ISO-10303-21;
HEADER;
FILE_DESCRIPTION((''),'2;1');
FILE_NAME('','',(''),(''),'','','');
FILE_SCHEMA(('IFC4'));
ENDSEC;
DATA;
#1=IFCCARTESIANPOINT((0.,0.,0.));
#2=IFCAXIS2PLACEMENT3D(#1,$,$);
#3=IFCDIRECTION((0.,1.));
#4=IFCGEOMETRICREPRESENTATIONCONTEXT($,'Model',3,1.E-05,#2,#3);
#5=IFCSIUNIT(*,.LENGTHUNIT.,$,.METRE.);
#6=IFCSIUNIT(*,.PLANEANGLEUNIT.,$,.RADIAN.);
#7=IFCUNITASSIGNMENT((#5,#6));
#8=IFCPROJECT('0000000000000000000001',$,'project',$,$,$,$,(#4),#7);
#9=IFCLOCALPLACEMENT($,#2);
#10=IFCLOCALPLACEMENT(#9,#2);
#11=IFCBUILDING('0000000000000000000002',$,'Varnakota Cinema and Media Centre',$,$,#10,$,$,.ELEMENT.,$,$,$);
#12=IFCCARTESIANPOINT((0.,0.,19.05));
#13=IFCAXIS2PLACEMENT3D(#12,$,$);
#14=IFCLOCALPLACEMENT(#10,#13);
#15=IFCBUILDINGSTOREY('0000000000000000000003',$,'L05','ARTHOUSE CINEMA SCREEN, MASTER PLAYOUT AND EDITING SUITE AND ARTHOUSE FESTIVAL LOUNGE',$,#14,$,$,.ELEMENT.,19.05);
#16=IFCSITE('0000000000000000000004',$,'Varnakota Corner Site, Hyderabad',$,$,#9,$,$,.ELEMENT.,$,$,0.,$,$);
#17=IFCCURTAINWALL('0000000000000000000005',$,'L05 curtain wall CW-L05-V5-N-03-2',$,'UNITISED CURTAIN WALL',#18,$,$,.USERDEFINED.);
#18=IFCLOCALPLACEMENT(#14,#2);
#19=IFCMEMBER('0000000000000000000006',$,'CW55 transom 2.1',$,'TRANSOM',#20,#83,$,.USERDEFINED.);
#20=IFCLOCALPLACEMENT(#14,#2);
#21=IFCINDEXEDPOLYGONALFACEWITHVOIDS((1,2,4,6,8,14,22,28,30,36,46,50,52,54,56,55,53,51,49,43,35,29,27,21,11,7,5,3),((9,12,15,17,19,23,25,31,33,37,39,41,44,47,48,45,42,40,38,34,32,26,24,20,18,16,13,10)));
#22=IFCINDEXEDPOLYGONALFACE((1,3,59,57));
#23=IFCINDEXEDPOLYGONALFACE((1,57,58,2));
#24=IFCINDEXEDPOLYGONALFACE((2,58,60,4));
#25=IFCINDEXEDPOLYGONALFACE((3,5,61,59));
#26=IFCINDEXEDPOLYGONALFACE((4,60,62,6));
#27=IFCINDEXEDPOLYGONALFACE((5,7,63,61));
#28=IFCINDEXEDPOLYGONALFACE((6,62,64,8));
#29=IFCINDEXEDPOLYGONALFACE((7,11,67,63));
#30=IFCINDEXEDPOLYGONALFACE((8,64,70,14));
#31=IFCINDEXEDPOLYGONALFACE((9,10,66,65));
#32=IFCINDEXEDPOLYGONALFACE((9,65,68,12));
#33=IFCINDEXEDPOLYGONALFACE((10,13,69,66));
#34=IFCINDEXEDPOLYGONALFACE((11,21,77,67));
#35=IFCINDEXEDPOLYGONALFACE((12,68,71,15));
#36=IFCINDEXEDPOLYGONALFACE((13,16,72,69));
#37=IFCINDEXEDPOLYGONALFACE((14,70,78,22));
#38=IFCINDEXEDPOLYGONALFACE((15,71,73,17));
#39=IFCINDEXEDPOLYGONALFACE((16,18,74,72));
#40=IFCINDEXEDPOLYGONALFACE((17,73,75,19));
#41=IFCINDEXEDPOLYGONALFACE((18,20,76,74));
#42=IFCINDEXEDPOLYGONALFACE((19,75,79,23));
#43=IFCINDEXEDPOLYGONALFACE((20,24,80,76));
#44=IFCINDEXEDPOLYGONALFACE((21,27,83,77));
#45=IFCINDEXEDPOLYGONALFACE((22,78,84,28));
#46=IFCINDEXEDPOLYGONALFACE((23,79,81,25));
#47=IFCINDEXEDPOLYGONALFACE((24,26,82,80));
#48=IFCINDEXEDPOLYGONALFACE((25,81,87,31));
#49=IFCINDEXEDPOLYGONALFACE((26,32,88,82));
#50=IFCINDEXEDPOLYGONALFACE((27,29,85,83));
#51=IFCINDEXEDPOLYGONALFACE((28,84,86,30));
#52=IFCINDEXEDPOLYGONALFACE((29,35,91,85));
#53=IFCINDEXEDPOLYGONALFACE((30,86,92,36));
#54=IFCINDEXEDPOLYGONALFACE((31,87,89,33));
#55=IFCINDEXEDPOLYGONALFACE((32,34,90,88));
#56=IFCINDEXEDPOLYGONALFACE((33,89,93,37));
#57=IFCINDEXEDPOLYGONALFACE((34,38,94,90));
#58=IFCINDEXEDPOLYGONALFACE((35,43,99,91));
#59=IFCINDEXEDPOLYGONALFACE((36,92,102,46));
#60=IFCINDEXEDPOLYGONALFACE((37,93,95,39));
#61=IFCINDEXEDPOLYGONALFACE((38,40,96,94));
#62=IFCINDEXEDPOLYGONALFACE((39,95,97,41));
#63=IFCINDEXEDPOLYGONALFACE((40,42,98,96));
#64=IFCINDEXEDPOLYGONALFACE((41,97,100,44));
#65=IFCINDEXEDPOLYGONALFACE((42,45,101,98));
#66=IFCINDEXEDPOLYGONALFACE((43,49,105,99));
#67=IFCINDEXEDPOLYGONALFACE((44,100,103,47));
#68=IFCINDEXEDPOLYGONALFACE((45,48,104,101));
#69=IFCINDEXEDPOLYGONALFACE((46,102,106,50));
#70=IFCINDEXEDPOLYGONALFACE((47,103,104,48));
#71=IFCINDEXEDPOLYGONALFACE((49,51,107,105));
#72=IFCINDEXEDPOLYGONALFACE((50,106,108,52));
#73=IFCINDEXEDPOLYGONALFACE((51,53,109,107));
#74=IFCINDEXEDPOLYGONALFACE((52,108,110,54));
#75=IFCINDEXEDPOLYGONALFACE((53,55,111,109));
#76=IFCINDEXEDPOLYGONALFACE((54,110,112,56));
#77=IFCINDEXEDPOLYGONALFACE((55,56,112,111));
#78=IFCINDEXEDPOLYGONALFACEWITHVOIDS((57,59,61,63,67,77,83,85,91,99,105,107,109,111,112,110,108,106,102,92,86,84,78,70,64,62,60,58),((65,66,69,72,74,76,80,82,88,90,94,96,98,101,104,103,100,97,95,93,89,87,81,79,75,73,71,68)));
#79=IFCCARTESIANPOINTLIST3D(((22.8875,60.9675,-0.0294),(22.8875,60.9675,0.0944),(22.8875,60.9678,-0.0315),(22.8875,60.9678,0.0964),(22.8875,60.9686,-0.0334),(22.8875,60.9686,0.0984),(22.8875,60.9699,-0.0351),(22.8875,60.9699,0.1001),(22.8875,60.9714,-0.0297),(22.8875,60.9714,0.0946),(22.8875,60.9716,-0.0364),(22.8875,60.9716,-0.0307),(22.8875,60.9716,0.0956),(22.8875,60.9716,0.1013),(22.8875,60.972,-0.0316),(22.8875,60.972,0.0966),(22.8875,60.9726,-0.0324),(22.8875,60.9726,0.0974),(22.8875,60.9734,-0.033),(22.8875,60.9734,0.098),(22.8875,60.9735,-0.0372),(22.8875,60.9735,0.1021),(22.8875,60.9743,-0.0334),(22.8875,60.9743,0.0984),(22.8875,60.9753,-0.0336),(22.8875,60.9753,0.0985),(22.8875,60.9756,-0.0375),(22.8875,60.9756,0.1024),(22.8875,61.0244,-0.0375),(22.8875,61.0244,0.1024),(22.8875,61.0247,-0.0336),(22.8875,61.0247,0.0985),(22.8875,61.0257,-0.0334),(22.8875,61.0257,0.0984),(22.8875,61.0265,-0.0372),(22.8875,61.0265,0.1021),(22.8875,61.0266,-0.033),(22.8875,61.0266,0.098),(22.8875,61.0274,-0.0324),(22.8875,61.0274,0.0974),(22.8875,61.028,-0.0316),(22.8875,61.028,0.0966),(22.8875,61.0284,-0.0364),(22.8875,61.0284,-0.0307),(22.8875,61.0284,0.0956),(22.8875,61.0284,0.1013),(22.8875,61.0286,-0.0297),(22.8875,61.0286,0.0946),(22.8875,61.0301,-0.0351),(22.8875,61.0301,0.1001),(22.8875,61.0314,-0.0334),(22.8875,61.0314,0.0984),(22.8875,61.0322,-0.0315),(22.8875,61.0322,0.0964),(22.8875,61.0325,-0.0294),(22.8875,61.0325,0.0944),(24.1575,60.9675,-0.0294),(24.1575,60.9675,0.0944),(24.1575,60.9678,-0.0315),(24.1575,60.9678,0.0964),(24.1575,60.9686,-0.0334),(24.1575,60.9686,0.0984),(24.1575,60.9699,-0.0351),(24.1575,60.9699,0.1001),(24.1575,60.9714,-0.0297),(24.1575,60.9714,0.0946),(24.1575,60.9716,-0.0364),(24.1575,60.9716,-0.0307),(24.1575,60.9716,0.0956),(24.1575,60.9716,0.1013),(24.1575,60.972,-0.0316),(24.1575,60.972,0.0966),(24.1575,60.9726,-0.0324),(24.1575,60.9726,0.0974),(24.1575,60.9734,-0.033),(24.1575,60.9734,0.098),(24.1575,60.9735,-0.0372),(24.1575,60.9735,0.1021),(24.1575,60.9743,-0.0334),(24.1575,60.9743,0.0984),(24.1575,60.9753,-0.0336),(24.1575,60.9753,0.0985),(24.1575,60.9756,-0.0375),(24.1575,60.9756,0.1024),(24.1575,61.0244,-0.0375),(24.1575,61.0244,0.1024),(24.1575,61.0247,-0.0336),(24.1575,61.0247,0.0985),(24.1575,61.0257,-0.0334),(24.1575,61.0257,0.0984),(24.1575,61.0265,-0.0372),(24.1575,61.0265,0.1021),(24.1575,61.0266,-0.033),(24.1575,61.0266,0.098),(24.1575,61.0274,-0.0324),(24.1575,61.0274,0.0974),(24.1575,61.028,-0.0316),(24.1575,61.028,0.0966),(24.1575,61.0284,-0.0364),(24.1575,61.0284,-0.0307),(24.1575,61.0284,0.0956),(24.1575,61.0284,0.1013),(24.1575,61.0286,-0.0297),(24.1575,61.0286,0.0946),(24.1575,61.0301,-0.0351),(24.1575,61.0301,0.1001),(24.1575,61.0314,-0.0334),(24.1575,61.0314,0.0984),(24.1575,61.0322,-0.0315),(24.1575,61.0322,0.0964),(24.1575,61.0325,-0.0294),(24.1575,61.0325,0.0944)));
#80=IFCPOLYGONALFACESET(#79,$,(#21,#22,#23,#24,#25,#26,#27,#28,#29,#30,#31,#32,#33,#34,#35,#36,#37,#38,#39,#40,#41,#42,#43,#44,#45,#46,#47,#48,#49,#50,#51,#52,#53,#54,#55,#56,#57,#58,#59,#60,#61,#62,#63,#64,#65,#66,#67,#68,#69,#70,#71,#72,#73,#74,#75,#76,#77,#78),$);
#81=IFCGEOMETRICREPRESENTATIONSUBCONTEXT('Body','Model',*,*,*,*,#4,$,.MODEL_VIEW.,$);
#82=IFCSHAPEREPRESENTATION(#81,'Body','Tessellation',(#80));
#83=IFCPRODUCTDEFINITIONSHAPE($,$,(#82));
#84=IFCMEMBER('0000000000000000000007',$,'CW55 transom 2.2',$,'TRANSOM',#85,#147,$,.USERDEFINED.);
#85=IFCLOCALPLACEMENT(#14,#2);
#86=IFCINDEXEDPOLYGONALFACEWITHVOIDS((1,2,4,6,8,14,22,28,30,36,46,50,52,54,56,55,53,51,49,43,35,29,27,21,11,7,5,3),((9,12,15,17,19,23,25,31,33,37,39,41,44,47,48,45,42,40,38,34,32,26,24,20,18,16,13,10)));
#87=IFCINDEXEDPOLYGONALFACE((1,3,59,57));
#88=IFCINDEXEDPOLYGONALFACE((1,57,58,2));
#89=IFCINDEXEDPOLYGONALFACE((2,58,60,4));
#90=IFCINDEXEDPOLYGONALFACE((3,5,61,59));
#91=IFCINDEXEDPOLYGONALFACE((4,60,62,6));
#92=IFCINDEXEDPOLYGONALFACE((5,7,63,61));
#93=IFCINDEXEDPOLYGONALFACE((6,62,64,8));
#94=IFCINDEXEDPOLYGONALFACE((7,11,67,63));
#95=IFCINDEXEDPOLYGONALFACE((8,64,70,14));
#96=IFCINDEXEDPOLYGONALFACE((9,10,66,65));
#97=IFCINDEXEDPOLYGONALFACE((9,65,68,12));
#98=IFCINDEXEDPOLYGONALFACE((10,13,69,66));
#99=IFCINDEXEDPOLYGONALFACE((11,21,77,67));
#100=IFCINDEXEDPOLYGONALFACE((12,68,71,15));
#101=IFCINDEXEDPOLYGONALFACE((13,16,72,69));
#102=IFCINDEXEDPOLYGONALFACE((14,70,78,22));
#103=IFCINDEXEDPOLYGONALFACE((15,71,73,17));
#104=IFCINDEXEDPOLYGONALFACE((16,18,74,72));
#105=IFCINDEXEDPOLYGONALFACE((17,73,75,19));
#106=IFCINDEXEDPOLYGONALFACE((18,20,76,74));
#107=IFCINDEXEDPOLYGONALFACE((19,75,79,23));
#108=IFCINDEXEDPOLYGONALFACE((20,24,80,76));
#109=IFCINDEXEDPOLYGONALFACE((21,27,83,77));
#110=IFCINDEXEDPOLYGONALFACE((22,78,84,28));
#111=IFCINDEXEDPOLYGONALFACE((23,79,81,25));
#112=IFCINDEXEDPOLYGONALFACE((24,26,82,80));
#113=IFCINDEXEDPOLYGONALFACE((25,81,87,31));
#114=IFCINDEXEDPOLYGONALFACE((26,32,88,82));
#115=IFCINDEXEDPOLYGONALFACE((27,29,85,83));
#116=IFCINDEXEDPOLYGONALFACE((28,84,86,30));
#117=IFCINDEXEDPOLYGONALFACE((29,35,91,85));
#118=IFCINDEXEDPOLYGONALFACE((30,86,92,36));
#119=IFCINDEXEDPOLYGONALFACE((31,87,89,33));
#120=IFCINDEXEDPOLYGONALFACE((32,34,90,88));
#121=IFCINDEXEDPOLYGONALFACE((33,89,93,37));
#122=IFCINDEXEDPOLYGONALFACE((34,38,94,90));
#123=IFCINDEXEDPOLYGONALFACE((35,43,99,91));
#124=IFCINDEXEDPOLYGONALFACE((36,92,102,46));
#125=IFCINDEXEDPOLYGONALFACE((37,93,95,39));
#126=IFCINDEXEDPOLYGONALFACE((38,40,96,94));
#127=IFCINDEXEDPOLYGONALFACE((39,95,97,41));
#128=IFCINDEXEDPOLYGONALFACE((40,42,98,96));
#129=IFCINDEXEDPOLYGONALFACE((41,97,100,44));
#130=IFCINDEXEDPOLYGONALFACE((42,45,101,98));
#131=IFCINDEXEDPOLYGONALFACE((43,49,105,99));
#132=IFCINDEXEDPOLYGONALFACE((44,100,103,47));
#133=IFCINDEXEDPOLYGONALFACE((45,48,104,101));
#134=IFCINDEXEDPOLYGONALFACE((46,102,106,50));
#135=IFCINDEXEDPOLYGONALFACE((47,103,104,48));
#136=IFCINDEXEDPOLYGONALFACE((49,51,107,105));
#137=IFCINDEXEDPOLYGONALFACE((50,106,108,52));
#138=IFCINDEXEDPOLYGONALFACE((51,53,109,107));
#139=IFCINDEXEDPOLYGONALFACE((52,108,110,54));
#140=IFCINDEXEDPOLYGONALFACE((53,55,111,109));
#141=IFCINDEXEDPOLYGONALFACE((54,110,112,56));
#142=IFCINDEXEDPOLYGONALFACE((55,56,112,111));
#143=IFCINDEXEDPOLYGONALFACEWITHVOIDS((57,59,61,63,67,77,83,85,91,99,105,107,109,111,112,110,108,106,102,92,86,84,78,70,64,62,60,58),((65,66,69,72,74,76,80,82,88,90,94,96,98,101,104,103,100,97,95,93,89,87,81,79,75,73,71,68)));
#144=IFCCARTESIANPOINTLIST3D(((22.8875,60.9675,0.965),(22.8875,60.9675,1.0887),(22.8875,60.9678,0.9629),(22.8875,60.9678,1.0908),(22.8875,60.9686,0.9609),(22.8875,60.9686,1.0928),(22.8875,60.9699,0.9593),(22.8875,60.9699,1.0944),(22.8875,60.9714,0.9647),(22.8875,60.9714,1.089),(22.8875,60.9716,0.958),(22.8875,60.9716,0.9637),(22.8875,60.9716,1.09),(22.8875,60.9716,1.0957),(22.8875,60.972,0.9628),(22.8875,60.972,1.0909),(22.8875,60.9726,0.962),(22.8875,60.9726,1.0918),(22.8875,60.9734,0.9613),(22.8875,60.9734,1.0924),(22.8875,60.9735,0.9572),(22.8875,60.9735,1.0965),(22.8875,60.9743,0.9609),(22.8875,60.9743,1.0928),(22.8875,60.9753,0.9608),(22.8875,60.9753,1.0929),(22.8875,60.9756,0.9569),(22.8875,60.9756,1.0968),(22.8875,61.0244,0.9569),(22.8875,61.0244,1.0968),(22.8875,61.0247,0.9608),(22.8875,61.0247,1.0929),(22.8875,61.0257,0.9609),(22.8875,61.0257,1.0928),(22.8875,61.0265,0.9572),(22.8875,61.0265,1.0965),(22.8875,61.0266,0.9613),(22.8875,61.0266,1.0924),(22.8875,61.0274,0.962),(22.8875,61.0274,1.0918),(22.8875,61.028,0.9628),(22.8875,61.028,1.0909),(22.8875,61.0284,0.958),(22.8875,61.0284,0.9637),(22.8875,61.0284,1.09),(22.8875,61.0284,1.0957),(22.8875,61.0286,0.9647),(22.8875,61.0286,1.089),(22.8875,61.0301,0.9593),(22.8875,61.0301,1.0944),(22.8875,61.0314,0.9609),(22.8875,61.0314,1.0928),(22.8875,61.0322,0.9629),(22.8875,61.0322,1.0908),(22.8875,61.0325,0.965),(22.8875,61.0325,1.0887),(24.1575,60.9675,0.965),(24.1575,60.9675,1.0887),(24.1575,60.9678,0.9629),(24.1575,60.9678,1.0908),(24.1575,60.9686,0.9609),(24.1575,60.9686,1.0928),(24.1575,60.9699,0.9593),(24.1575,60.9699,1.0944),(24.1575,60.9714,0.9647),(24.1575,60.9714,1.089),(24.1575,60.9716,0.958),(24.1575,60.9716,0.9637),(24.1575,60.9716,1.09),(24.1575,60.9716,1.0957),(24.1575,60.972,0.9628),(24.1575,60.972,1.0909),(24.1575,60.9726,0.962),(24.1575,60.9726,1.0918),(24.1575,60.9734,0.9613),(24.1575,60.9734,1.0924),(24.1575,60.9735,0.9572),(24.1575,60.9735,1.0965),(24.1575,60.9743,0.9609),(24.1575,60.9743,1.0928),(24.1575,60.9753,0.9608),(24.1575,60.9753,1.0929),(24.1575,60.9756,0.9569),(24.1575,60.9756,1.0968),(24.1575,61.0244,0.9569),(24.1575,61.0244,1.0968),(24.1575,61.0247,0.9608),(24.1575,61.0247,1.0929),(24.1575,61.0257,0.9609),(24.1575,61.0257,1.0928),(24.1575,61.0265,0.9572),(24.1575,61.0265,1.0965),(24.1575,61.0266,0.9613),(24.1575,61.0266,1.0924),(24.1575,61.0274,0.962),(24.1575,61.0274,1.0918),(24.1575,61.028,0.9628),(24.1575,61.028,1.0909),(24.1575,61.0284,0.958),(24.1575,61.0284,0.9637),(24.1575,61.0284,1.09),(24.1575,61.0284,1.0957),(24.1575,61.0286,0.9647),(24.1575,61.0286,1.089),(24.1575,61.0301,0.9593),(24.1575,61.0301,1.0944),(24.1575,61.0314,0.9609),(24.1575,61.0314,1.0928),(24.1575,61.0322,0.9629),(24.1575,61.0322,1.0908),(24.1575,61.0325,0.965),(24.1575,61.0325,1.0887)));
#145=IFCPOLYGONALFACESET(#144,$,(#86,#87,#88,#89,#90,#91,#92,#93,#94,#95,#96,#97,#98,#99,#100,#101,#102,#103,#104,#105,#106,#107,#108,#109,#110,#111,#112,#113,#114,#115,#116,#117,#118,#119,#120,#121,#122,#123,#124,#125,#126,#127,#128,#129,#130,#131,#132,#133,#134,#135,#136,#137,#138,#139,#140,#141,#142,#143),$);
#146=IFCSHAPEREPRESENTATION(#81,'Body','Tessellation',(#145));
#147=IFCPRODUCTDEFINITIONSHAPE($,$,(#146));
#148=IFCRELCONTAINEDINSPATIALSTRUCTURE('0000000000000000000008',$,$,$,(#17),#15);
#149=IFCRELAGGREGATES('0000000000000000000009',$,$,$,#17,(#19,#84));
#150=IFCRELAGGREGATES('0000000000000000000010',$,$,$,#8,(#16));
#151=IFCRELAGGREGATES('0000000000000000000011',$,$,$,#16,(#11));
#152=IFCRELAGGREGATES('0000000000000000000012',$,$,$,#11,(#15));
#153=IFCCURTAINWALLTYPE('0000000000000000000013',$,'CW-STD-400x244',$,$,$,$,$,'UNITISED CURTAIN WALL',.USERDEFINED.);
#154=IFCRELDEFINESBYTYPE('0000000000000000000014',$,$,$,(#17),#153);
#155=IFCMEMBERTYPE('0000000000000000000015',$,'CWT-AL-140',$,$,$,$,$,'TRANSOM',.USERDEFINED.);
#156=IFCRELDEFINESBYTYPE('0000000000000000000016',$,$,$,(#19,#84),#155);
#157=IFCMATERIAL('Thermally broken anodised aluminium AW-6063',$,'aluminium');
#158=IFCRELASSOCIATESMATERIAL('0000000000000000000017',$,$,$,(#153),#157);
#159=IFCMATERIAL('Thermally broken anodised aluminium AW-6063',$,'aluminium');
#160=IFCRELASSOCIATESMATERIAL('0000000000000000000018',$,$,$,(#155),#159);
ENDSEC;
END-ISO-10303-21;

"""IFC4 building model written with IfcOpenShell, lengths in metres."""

from ifc_helpers import new_model, si_unit, direction, frame, origin, origin_2d, place, context, subcontext, project, spatial, hollow_rectangle, extrude, material, material_profile, profile_set, type_object, element, aggregate, save


model = new_model("IFC4")

# Units and contexts
model_context = context("Model", 3, precision=1e-05, world=origin(), true_north=direction((0.0, 1.0)))
body_context = subcontext(model_context, "Body", "Model", "MODEL_VIEW")
ifc_project = project(units=[si_unit("LENGTHUNIT", "METRE"), si_unit("PLANEANGLEUNIT", "RADIAN")], contexts=[model_context])

# Site, building, storey
site_placement = place(None, origin())
site = spatial("IfcSite", under=ifc_project, at=site_placement, Name="Varnakota Corner Site, Hyderabad", CompositionType="ELEMENT", RefElevation=0.0)
building_placement = place(site_placement, origin())
building = spatial("IfcBuilding", under=site, at=building_placement, Name="Varnakota Cinema and Media Centre", CompositionType="ELEMENT")
storey_placement = place(building_placement, frame((0.0, 0.0, 19.05)))
storey = spatial("IfcBuildingStorey", under=building, at=storey_placement, Name="L05", Description="ARTHOUSE CINEMA SCREEN, MASTER PLAYOUT AND EDITING SUITE AND ARTHOUSE FESTIVAL LOUNGE", CompositionType="ELEMENT", Elevation=19.05)

# Curtain wall, members
ifc_material_1 = material(Name="Thermally broken anodised aluminium AW-6063", Category="aluminium")
curtain_wall_type = type_object("IfcCurtainWallType", Name="CW-STD-400x244", ElementType="UNITISED CURTAIN WALL", PredefinedType="USERDEFINED", material=ifc_material_1)
curtain_wall_placement = place(storey_placement, origin())
curtain_wall = element("IfcCurtainWall", 1, at=curtain_wall_placement, inside=storey, type_object=curtain_wall_type, Name="L05 curtain wall CW-L05-V5-N-03-2", ObjectType="UNITISED CURTAIN WALL", PredefinedType="USERDEFINED")
ifc_material_2 = material(Name="Thermally broken anodised aluminium AW-6063", Category="aluminium")
ifc_material_profile_1 = material_profile(ifc_material_2, hollow_rectangle(XDim=0.0649, YDim=0.1399, WallThickness=0.0039, InnerFilletRadius=0.0039, OuterFilletRadius=0.0081, at=origin_2d()), Name="AL-TRANSOM 140x65x4")
ifc_profile_set_1 = profile_set([ifc_material_profile_1], Name="Thermally broken anodised aluminium AW-6063")
member_type_1 = type_object("IfcMemberType", Name="CWT-AL-140", ElementType="TRANSOM", PredefinedType="USERDEFINED", material=ifc_profile_set_1)
member_1_placement = place(storey_placement, frame((22.8875, 61.0, 0.0325), z_axis=(1.0, 0.0, 0.0), x_axis=(0.0, 1.0, 0.0)))
member_1 = element("IfcMember", 2, at=member_1_placement, type_object=member_type_1, Name="CW55 transom 2.1", ObjectType="TRANSOM", PredefinedType="USERDEFINED", context=body_context, shape_type="SweptSolid", body=[
    extrude(hollow_rectangle(XDim=0.0649, YDim=0.1399, WallThickness=0.0039, InnerFilletRadius=0.0039, OuterFilletRadius=0.0081, at=origin_2d()), origin(), (0.0, 0.0, 1.0), 1.27),
])
member_2_placement = place(storey_placement, frame((22.8875, 61.0, 1.0269), z_axis=(1.0, 0.0, 0.0), x_axis=(0.0, 1.0, 0.0)))
member_2 = element("IfcMember", 3, at=member_2_placement, type_object=member_type_1, Name="CW55 transom 2.2", ObjectType="TRANSOM", PredefinedType="USERDEFINED", context=body_context, shape_type="SweptSolid", body=[
    extrude(hollow_rectangle(XDim=0.0649, YDim=0.1399, WallThickness=0.0039, InnerFilletRadius=0.0039, OuterFilletRadius=0.0081, at=origin_2d()), origin(), (0.0, 0.0, 1.0), 1.27),
])
aggregate(curtain_wall, [member_1, member_2])

save(model, "model.ifc")
